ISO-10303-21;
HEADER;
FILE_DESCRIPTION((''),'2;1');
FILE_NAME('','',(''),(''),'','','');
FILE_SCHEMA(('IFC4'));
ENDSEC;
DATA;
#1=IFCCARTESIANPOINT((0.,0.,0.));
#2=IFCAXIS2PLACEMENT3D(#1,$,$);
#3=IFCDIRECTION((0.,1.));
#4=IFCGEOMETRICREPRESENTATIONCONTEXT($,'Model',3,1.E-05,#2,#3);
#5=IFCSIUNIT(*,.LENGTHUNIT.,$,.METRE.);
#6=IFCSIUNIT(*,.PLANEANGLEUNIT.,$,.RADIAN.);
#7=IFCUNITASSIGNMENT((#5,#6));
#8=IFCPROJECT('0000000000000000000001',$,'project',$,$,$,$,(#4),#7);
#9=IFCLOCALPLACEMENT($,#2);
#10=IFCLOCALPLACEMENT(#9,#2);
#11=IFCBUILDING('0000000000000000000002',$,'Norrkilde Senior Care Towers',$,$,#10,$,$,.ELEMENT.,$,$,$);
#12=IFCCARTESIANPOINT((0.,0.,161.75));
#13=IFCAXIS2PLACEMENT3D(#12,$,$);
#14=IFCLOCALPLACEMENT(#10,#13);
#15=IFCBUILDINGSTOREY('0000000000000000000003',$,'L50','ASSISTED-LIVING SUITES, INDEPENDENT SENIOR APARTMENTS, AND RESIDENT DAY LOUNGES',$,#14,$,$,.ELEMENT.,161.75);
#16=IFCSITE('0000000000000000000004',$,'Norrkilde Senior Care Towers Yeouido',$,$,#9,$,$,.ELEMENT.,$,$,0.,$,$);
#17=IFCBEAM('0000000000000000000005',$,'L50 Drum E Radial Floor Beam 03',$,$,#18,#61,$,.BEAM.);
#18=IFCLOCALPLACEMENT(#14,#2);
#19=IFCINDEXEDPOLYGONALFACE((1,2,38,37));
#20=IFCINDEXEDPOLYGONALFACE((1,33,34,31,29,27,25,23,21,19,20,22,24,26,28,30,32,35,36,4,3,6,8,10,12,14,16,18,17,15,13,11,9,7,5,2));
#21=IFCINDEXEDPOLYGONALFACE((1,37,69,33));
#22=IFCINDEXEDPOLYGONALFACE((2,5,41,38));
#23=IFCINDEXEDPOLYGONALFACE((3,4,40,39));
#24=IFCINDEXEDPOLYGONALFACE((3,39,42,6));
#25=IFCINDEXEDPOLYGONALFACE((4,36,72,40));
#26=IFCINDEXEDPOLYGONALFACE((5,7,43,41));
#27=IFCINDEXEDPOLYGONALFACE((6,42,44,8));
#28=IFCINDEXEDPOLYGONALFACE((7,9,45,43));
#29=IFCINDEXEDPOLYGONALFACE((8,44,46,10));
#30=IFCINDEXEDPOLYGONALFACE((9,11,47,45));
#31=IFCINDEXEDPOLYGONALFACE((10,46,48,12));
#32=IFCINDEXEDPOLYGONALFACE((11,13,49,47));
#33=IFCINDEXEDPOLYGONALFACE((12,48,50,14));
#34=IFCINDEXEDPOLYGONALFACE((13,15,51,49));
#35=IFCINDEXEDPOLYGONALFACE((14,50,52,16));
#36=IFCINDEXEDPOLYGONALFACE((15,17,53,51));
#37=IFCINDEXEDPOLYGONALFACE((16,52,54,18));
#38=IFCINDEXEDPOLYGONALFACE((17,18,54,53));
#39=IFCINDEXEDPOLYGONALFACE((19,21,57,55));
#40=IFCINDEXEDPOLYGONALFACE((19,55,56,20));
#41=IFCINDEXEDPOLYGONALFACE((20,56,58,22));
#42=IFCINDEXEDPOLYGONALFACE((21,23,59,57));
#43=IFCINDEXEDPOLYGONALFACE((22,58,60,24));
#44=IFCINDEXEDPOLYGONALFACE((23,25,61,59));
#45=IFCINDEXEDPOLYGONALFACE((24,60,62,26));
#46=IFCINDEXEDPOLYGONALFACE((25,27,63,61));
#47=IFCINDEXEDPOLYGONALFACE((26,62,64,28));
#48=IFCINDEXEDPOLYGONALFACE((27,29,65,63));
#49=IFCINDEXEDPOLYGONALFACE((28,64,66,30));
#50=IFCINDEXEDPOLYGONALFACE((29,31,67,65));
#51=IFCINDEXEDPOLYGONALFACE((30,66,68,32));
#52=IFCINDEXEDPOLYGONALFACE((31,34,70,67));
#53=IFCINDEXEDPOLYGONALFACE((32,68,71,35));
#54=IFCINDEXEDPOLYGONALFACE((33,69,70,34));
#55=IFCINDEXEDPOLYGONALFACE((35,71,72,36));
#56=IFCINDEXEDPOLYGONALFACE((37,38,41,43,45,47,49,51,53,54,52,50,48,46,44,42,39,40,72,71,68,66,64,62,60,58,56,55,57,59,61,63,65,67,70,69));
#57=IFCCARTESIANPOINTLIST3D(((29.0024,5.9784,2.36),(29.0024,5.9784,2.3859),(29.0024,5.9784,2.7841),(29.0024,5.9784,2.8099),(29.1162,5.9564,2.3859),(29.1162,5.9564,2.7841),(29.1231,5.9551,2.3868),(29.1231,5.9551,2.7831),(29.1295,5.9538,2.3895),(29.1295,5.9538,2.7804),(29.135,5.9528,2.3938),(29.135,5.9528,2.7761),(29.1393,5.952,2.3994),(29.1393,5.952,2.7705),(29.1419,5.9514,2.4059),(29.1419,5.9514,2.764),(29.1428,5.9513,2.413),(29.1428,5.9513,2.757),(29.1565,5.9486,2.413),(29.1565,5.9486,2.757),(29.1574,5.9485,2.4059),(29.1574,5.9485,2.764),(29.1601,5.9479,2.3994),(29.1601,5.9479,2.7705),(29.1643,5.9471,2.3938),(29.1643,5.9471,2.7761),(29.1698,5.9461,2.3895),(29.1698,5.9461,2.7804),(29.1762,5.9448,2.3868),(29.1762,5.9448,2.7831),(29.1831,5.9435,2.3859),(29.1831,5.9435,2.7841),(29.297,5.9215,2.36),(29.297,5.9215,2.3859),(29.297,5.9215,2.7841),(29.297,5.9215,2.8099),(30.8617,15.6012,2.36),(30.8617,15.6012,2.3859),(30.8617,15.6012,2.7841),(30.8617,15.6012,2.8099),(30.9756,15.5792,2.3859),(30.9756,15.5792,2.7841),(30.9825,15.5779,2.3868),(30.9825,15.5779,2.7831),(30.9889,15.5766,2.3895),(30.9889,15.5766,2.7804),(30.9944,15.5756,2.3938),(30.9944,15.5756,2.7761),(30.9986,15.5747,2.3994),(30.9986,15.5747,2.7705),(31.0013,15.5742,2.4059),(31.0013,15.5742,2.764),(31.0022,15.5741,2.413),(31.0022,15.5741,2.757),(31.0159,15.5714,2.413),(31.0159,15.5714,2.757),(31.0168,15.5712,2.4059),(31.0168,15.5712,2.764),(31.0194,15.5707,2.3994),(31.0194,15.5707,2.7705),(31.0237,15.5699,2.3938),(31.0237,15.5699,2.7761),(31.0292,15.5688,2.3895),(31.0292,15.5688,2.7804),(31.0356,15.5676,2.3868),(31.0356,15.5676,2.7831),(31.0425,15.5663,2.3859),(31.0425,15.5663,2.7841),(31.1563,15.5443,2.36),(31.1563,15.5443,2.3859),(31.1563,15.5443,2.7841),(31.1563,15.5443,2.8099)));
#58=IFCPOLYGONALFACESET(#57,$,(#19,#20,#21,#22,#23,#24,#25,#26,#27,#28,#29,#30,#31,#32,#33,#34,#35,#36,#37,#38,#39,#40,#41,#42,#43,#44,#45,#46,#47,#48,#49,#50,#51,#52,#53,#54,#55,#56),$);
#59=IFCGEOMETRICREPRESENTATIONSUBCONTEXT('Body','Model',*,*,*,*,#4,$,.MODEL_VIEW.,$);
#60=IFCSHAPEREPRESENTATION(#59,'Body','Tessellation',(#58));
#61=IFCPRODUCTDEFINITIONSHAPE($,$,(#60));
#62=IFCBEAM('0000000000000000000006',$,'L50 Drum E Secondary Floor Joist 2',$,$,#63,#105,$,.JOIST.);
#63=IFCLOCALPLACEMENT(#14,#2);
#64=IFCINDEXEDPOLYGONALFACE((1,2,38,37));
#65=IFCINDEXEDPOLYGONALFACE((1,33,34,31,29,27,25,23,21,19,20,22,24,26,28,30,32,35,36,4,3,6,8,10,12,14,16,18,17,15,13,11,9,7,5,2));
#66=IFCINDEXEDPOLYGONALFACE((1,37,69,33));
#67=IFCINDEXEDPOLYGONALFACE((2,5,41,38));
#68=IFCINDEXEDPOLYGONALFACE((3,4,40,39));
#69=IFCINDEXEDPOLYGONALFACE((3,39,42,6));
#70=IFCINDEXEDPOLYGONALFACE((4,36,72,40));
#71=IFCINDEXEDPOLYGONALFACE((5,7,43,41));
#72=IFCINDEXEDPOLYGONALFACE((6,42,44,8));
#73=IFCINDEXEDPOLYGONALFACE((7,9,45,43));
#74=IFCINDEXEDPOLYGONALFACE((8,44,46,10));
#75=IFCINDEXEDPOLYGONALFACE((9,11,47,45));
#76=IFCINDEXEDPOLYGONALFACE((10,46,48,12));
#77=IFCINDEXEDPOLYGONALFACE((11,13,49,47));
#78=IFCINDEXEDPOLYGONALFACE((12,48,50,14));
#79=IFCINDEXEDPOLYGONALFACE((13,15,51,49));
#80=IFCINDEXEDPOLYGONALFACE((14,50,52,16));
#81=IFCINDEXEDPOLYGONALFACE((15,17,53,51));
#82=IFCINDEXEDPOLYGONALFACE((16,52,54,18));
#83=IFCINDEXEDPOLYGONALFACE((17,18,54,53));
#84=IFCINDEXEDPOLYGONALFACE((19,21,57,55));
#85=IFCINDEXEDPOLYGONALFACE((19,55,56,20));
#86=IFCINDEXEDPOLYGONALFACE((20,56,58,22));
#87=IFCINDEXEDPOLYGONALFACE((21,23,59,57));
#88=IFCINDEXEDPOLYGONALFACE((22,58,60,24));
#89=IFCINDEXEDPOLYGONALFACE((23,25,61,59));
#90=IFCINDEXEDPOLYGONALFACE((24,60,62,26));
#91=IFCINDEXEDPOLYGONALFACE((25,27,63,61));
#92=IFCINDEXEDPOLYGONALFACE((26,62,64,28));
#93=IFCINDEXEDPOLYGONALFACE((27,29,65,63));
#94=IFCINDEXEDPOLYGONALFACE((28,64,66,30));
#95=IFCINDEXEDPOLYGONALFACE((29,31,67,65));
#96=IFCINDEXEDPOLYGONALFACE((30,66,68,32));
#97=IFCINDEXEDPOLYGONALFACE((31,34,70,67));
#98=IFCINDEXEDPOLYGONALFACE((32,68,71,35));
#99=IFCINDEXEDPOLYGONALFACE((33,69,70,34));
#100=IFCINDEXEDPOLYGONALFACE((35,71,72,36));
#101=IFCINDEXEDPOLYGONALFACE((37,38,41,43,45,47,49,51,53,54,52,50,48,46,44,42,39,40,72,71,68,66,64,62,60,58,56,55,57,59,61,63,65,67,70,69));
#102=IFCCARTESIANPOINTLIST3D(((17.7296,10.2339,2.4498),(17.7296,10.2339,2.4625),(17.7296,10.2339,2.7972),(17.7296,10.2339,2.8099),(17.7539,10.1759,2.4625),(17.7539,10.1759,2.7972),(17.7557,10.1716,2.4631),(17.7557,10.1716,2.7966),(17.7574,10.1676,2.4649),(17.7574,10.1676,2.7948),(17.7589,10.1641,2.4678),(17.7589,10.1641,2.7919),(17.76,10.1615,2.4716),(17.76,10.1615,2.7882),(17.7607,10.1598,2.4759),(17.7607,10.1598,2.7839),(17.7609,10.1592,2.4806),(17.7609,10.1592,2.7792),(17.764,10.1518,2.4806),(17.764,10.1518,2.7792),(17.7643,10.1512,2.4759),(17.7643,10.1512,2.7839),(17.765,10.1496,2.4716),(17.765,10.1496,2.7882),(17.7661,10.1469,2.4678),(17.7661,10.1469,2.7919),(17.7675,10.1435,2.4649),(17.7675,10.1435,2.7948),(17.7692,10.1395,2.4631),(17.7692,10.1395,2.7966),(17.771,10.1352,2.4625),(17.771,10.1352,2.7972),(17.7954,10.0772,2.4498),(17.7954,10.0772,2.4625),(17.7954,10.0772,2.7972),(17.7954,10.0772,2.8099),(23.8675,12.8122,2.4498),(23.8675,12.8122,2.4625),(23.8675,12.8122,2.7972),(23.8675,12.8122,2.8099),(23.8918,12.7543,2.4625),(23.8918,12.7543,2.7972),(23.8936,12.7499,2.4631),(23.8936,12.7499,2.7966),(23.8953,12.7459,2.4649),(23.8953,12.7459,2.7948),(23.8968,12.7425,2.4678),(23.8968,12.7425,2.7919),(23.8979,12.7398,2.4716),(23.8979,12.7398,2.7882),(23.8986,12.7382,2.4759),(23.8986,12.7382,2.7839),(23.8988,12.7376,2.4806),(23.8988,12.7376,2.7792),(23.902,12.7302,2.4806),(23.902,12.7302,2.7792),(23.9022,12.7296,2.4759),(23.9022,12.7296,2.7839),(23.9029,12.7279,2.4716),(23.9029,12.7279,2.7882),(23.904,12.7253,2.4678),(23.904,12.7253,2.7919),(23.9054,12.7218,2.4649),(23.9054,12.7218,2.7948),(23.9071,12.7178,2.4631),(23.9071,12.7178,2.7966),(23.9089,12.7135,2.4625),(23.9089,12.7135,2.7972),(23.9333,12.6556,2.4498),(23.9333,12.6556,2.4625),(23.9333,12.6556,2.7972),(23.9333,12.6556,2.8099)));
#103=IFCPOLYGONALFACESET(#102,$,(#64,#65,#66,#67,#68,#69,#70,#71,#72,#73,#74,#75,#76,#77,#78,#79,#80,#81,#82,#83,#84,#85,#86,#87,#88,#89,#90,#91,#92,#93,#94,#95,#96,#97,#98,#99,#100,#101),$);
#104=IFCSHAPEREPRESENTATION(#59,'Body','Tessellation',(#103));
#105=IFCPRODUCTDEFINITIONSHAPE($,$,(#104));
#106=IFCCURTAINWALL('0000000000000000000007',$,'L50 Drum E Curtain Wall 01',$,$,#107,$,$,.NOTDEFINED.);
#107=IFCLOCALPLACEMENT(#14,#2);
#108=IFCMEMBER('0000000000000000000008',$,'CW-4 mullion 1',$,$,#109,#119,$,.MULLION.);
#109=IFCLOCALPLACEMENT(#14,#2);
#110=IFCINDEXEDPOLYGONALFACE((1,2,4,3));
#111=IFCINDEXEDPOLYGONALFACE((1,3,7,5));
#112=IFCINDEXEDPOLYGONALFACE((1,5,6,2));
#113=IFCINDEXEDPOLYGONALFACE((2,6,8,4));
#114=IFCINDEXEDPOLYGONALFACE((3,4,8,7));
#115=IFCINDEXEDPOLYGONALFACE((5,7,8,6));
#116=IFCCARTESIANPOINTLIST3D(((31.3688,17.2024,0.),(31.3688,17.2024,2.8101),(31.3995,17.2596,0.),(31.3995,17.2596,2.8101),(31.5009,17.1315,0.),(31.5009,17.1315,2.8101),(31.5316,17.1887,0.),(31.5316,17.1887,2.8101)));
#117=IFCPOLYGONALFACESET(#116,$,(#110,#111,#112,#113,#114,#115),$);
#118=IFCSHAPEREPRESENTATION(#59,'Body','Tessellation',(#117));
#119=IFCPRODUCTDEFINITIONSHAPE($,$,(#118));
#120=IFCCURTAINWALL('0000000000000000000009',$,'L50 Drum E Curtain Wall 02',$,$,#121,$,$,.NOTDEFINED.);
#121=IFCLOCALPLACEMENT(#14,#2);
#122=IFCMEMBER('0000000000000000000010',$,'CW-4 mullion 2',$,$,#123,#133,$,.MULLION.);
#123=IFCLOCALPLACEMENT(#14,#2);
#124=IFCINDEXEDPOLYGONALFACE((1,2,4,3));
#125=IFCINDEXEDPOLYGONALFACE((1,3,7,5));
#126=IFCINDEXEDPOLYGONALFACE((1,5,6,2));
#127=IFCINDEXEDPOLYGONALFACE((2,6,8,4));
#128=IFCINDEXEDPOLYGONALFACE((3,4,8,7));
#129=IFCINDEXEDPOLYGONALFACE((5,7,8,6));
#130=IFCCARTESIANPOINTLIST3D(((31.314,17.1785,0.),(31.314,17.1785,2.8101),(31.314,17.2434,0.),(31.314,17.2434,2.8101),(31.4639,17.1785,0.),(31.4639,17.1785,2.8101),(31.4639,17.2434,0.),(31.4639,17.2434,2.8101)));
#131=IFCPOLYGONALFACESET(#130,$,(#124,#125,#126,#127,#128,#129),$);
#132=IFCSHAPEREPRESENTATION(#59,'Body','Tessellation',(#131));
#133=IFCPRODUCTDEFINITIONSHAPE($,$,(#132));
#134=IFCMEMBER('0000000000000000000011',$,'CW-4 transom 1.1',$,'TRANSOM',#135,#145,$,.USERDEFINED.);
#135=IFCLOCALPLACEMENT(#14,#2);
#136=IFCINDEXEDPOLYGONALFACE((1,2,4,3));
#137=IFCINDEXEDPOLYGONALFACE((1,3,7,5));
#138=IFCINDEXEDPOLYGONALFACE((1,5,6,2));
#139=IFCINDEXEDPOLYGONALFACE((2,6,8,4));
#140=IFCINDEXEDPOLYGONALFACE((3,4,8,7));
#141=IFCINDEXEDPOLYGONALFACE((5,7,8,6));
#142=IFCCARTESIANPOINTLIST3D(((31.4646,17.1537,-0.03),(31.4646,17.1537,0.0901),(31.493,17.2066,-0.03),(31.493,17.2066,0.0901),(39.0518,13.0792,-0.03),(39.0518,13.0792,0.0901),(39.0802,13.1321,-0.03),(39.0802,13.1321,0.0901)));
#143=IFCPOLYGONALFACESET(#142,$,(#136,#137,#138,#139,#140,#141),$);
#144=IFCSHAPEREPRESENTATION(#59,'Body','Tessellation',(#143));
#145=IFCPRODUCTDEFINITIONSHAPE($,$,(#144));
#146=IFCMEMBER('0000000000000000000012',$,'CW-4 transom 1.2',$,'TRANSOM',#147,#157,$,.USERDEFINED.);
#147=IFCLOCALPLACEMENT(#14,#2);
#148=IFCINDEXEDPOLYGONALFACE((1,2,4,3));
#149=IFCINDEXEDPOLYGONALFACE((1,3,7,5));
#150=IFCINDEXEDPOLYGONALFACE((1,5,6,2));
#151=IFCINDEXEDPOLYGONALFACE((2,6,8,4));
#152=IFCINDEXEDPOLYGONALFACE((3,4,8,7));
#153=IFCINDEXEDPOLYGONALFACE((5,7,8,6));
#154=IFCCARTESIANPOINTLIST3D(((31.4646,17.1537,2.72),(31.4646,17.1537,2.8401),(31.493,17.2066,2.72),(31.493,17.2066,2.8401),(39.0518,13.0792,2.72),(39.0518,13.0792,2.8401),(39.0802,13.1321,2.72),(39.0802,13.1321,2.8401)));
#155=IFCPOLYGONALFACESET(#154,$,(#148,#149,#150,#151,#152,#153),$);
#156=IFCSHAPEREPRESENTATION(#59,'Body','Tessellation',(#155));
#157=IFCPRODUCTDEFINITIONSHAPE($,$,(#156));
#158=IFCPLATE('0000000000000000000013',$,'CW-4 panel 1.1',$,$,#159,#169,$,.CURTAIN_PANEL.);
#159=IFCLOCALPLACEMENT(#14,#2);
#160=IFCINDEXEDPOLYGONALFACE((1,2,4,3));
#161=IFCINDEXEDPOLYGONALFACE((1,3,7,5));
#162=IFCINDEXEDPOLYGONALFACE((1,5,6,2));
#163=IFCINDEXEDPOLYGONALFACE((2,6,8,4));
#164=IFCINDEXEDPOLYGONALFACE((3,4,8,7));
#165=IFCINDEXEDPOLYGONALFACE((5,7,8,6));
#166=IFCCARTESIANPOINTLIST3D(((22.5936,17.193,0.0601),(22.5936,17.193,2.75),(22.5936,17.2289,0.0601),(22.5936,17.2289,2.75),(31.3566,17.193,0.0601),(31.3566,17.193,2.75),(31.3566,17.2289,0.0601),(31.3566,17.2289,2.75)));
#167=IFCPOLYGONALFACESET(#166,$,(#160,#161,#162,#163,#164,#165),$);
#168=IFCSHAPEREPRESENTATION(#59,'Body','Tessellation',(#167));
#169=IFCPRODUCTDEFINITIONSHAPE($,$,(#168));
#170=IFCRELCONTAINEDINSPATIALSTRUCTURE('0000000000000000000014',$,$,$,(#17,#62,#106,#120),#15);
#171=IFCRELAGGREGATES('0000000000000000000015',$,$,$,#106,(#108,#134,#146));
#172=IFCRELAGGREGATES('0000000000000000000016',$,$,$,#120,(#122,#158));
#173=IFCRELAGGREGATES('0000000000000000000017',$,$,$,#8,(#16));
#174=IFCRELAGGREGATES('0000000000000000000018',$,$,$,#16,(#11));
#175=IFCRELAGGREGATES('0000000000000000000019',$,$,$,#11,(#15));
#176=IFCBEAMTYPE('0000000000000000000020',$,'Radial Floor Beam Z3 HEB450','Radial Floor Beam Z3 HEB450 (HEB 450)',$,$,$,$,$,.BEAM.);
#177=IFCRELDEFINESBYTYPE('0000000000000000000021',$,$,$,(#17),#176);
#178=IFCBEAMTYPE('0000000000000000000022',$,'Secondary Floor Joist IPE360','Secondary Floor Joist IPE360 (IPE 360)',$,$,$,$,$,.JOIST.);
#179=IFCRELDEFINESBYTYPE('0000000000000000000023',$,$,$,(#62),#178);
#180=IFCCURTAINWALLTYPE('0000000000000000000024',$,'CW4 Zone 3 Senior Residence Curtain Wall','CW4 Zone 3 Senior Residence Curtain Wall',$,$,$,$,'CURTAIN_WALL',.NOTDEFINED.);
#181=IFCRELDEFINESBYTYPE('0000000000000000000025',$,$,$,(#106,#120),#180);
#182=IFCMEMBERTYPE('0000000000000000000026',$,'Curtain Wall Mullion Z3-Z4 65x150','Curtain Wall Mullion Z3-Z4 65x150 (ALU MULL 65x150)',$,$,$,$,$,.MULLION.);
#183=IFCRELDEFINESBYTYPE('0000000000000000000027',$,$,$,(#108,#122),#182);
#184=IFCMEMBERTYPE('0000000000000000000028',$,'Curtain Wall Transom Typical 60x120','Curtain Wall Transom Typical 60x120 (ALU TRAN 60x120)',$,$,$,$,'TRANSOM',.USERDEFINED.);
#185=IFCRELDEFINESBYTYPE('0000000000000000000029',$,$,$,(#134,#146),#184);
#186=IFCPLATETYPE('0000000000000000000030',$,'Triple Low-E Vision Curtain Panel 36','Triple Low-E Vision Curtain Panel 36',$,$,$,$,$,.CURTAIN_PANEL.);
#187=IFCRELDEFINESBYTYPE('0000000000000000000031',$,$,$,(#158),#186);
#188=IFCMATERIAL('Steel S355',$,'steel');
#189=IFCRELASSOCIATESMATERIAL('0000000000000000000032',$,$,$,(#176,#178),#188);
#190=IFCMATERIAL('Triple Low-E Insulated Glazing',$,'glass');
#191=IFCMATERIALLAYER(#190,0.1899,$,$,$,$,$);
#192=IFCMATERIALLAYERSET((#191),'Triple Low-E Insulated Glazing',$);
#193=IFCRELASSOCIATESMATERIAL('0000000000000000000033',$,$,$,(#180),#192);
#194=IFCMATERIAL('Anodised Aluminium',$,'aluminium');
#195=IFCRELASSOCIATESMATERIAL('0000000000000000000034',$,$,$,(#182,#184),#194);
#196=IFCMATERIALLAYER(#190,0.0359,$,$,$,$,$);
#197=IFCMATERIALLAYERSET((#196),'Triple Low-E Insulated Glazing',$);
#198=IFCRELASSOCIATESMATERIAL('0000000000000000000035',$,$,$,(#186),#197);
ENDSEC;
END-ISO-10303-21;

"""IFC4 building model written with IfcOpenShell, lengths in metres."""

from ifc_helpers import new_model, si_unit, direction, frame, origin, origin_2d, place, context, subcontext, project, spatial, rectangle, i_section, extrude, source, transform, mapped, material, layer, layer_set, material_profile, profile_set, type_object, type_shapes, element, aggregate, save


model = new_model("IFC4")

# Units and contexts
model_context = context("Model", 3, precision=1e-05, world=origin(), true_north=direction((0.0, 1.0)))
body_context = subcontext(model_context, "Body", "Model", "MODEL_VIEW")
ifc_project = project(units=[si_unit("LENGTHUNIT", "METRE"), si_unit("PLANEANGLEUNIT", "RADIAN")], contexts=[model_context])

# Site, building, storey
site_placement = place(None, origin())
site = spatial("IfcSite", under=ifc_project, at=site_placement, Name="Norrkilde Senior Care Towers Yeouido", CompositionType="ELEMENT", RefElevation=0.0)
building_placement = place(site_placement, origin())
building = spatial("IfcBuilding", under=site, at=building_placement, Name="Norrkilde Senior Care Towers", CompositionType="ELEMENT")
storey_placement = place(building_placement, frame((0.0, 0.0, 161.75)))
storey = spatial("IfcBuildingStorey", under=building, at=storey_placement, Name="L50", Description="ASSISTED-LIVING SUITES, INDEPENDENT SENIOR APARTMENTS, AND RESIDENT DAY LOUNGES", CompositionType="ELEMENT", Elevation=161.75)

# Beams
ifc_material_1 = material(Name="Steel S355", Category="steel")
ifc_material_profile_1 = material_profile(ifc_material_1, i_section(OverallWidth=0.3, OverallDepth=0.45, WebThickness=0.0139, FlangeThickness=0.0259, FilletRadius=0.0271, at=origin_2d()), Name="HEB 450")
ifc_profile_set_1 = profile_set([ifc_material_profile_1], Name="Steel S355")
beam_type_1 = type_object("IfcBeamType", Name="Radial Floor Beam Z3 HEB450", Description="Radial Floor Beam Z3 HEB450 (HEB 450)", PredefinedType="BEAM", material=ifc_profile_set_1)
shared_shape_1 = source(origin(), body_context, "Body", "SweptSolid", [
    extrude(i_section(OverallWidth=0.3, OverallDepth=0.45, WebThickness=0.0139, FlangeThickness=0.0259, FilletRadius=0.0271, at=origin_2d()), origin(), (0.0, 0.0, 1.0), 9.8008),
])
beam_1_placement = place(storey_placement, frame((29.1497, 5.95, 2.585), z_axis=(0.189717, 0.981839, 0.0), x_axis=(-0.981839, 0.189717, 0.0)))
element("IfcBeam", 1, at=beam_1_placement, inside=storey, type_object=beam_type_1, Name="L50 Drum E Radial Floor Beam 03", PredefinedType="BEAM", context=body_context, shape_type="MappedRepresentation", body=[
    mapped(shared_shape_1, transform((0.0, 0.0, 0.0), x_axis=(1.0, 0.0, 0.0), y_axis=(0.0, 1.0, 0.0), z_axis=(0.0, 0.0, 1.0), scale=1.0)),
])
ifc_material_profile_2 = material_profile(ifc_material_1, i_section(OverallWidth=0.1699, OverallDepth=0.3601, WebThickness=0.0081, FlangeThickness=0.0127, FilletRadius=0.0181, at=origin_2d()), Name="IPE 360")
ifc_profile_set_2 = profile_set([ifc_material_profile_2], Name="Steel S355")
beam_type_2 = type_object("IfcBeamType", Name="Secondary Floor Joist IPE360", Description="Secondary Floor Joist IPE360 (IPE 360)", PredefinedType="JOIST", material=ifc_profile_set_2)
shared_shape_2 = source(origin(), body_context, "Body", "SweptSolid", [
    extrude(i_section(OverallWidth=0.1699, OverallDepth=0.3601, WebThickness=0.0081, FlangeThickness=0.0127, FilletRadius=0.0181, at=origin_2d()), origin(), (0.0, 0.0, 1.0), 6.6575),
])
type_shapes(beam_type_2, [shared_shape_2])
beam_2_placement = place(storey_placement, frame((23.9004, 12.7339, 2.6299), z_axis=(-0.921959, -0.387288, 0.0), x_axis=(0.387288, -0.921959, 0.0)))
element("IfcBeam", 2, at=beam_2_placement, inside=storey, type_object=beam_type_2, Name="L50 Drum E Secondary Floor Joist 2", PredefinedType="JOIST", context=body_context, shape_type="MappedRepresentation", body=[
    mapped(shared_shape_2, transform((0.0, 0.0, 0.0), x_axis=(1.0, 0.0, 0.0), y_axis=(0.0, 1.0, 0.0), z_axis=(0.0, 0.0, 1.0), scale=1.0)),
])

# Curtain walls, members
ifc_material_2 = material(Name="Triple Low-E Insulated Glazing", Category="glass")
ifc_layer_1 = layer(ifc_material_2, 0.1899)
ifc_layer_set_1 = layer_set([ifc_layer_1], Name="Triple Low-E Insulated Glazing")
curtain_wall_type = type_object("IfcCurtainWallType", Name="CW4 Zone 3 Senior Residence Curtain Wall", Description="CW4 Zone 3 Senior Residence Curtain Wall", ElementType="CURTAIN_WALL", PredefinedType="NOTDEFINED", material=ifc_layer_set_1)
curtain_wall_1_placement = place(storey_placement, origin())
curtain_wall_1 = element("IfcCurtainWall", 3, at=curtain_wall_1_placement, inside=storey, type_object=curtain_wall_type, Name="L50 Drum E Curtain Wall 01", PredefinedType="NOTDEFINED")
ifc_material_3 = material(Name="Anodised Aluminium", Category="aluminium")
ifc_material_profile_3 = material_profile(ifc_material_3, rectangle(XDim=0.0649, YDim=0.1499, at=origin_2d()), Name="ALU MULL 65x150")
ifc_profile_set_3 = profile_set([ifc_material_profile_3], Name="Anodised Aluminium")
member_type_1 = type_object("IfcMemberType", Name="Curtain Wall Mullion Z3-Z4 65x150", Description="Curtain Wall Mullion Z3-Z4 65x150 (ALU MULL 65x150)", PredefinedType="MULLION", material=ifc_profile_set_3)
shared_shape_3 = source(origin(), body_context, "Body", "SweptSolid", [
    extrude(rectangle(XDim=0.0649, YDim=0.1499, at=origin_2d()), origin(), (0.0, 0.0, 1.0), 2.8101),
])
type_shapes(member_type_1, [shared_shape_3])
member_1_placement = place(storey_placement, frame((31.4502, 17.1956, 0.0), z_axis=(0.0, 0.0, 1.0), x_axis=(0.473117, 0.881, 0.0)))
member_1 = element("IfcMember", 4, at=member_1_placement, type_object=member_type_1, Name="CW-4 mullion 1", PredefinedType="MULLION", context=body_context, shape_type="MappedRepresentation", body=[
    mapped(shared_shape_3, transform((0.0, 0.0, 0.0), x_axis=(1.0, 0.0, 0.0), y_axis=(0.0, 1.0, 0.0), z_axis=(0.0, 0.0, 1.0), scale=1.0)),
])
curtain_wall_2_placement = place(storey_placement, origin())
curtain_wall_2 = element("IfcCurtainWall", 5, at=curtain_wall_2_placement, inside=storey, type_object=curtain_wall_type, Name="L50 Drum E Curtain Wall 02", PredefinedType="NOTDEFINED")
member_2_placement = place(storey_placement, frame((31.3889, 17.2109, 0.0), z_axis=(0.0, 0.0, 1.0), x_axis=(0.0, 1.0, 0.0)))
member_2 = element("IfcMember", 6, at=member_2_placement, type_object=member_type_1, Name="CW-4 mullion 2", PredefinedType="MULLION", context=body_context, shape_type="MappedRepresentation", body=[
    mapped(shared_shape_3, transform((0.0, 0.0, 0.0), x_axis=(1.0, 0.0, 0.0), y_axis=(0.0, 1.0, 0.0), z_axis=(0.0, 0.0, 1.0), scale=1.0)),
])

# Members
ifc_material_profile_4 = material_profile(ifc_material_3, rectangle(XDim=0.0601, YDim=0.1201, at=origin_2d()), Name="ALU TRAN 60x120")
ifc_profile_set_4 = profile_set([ifc_material_profile_4], Name="Anodised Aluminium")
member_type_2 = type_object("IfcMemberType", Name="Curtain Wall Transom Typical 60x120", Description="Curtain Wall Transom Typical 60x120 (ALU TRAN 60x120)", ElementType="TRANSOM", PredefinedType="USERDEFINED", material=ifc_profile_set_4)
shared_shape_4 = source(origin(), body_context, "Body", "SweptSolid", [
    extrude(rectangle(XDim=0.0601, YDim=0.1201, at=origin_2d()), origin(), (0.0, 0.0, 1.0), 8.6121),
])
type_shapes(member_type_2, [shared_shape_4])
member_3_placement = place(storey_placement, frame((31.4788, 17.1802, 0.03), z_axis=(0.881, -0.473116, 0.0), x_axis=(0.473116, 0.881, 0.0)))
member_3 = element("IfcMember", 7, at=member_3_placement, type_object=member_type_2, Name="CW-4 transom 1.1", ObjectType="TRANSOM", PredefinedType="USERDEFINED", context=body_context, shape_type="MappedRepresentation", body=[
    mapped(shared_shape_4, transform((0.0, 0.0, 0.0), x_axis=(1.0, 0.0, 0.0), y_axis=(0.0, 1.0, 0.0), z_axis=(0.0, 0.0, 1.0), scale=1.0)),
])
member_4_placement = place(storey_placement, frame((31.4788, 17.1802, 2.78), z_axis=(0.881, -0.473116, 0.0), x_axis=(0.473116, 0.881, 0.0)))
member_4 = element("IfcMember", 8, at=member_4_placement, type_object=member_type_2, Name="CW-4 transom 1.2", ObjectType="TRANSOM", PredefinedType="USERDEFINED", context=body_context, shape_type="MappedRepresentation", body=[
    mapped(shared_shape_4, transform((0.0, 0.0, 0.0), x_axis=(1.0, 0.0, 0.0), y_axis=(0.0, 1.0, 0.0), z_axis=(0.0, 0.0, 1.0), scale=1.0)),
])
aggregate(curtain_wall_1, [member_1, member_3, member_4])

# Plate
ifc_layer_2 = layer(ifc_material_2, 0.0359)
ifc_layer_set_2 = layer_set([ifc_layer_2], Name="Triple Low-E Insulated Glazing")
plate_type = type_object("IfcPlateType", Name="Triple Low-E Vision Curtain Panel 36", Description="Triple Low-E Vision Curtain Panel 36", PredefinedType="CURTAIN_PANEL", material=ifc_layer_set_2)
shared_shape_5 = source(origin(), body_context, "Body", "SweptSolid", [
    extrude(rectangle(XDim=8.7629, YDim=0.0359, at=origin_2d()), origin(), (0.0, 0.0, 1.0), 2.6899),
])
type_shapes(plate_type, [shared_shape_5])
plate_placement = place(storey_placement, frame((26.9751, 17.2109, 0.0601), z_axis=(0.0, 0.0, 1.0), x_axis=(1.0, 0.0, 0.0)))
plate = element("IfcPlate", 9, at=plate_placement, type_object=plate_type, Name="CW-4 panel 1.1", PredefinedType="CURTAIN_PANEL", context=body_context, shape_type="MappedRepresentation", body=[
    mapped(shared_shape_5, transform((0.0, 0.0, 0.0), x_axis=(1.0, 0.0, 0.0), y_axis=(0.0, 1.0, 0.0), z_axis=(0.0, 0.0, 1.0), scale=1.0)),
])
aggregate(curtain_wall_2, [member_2, plate])

save(model, "model.ifc")
